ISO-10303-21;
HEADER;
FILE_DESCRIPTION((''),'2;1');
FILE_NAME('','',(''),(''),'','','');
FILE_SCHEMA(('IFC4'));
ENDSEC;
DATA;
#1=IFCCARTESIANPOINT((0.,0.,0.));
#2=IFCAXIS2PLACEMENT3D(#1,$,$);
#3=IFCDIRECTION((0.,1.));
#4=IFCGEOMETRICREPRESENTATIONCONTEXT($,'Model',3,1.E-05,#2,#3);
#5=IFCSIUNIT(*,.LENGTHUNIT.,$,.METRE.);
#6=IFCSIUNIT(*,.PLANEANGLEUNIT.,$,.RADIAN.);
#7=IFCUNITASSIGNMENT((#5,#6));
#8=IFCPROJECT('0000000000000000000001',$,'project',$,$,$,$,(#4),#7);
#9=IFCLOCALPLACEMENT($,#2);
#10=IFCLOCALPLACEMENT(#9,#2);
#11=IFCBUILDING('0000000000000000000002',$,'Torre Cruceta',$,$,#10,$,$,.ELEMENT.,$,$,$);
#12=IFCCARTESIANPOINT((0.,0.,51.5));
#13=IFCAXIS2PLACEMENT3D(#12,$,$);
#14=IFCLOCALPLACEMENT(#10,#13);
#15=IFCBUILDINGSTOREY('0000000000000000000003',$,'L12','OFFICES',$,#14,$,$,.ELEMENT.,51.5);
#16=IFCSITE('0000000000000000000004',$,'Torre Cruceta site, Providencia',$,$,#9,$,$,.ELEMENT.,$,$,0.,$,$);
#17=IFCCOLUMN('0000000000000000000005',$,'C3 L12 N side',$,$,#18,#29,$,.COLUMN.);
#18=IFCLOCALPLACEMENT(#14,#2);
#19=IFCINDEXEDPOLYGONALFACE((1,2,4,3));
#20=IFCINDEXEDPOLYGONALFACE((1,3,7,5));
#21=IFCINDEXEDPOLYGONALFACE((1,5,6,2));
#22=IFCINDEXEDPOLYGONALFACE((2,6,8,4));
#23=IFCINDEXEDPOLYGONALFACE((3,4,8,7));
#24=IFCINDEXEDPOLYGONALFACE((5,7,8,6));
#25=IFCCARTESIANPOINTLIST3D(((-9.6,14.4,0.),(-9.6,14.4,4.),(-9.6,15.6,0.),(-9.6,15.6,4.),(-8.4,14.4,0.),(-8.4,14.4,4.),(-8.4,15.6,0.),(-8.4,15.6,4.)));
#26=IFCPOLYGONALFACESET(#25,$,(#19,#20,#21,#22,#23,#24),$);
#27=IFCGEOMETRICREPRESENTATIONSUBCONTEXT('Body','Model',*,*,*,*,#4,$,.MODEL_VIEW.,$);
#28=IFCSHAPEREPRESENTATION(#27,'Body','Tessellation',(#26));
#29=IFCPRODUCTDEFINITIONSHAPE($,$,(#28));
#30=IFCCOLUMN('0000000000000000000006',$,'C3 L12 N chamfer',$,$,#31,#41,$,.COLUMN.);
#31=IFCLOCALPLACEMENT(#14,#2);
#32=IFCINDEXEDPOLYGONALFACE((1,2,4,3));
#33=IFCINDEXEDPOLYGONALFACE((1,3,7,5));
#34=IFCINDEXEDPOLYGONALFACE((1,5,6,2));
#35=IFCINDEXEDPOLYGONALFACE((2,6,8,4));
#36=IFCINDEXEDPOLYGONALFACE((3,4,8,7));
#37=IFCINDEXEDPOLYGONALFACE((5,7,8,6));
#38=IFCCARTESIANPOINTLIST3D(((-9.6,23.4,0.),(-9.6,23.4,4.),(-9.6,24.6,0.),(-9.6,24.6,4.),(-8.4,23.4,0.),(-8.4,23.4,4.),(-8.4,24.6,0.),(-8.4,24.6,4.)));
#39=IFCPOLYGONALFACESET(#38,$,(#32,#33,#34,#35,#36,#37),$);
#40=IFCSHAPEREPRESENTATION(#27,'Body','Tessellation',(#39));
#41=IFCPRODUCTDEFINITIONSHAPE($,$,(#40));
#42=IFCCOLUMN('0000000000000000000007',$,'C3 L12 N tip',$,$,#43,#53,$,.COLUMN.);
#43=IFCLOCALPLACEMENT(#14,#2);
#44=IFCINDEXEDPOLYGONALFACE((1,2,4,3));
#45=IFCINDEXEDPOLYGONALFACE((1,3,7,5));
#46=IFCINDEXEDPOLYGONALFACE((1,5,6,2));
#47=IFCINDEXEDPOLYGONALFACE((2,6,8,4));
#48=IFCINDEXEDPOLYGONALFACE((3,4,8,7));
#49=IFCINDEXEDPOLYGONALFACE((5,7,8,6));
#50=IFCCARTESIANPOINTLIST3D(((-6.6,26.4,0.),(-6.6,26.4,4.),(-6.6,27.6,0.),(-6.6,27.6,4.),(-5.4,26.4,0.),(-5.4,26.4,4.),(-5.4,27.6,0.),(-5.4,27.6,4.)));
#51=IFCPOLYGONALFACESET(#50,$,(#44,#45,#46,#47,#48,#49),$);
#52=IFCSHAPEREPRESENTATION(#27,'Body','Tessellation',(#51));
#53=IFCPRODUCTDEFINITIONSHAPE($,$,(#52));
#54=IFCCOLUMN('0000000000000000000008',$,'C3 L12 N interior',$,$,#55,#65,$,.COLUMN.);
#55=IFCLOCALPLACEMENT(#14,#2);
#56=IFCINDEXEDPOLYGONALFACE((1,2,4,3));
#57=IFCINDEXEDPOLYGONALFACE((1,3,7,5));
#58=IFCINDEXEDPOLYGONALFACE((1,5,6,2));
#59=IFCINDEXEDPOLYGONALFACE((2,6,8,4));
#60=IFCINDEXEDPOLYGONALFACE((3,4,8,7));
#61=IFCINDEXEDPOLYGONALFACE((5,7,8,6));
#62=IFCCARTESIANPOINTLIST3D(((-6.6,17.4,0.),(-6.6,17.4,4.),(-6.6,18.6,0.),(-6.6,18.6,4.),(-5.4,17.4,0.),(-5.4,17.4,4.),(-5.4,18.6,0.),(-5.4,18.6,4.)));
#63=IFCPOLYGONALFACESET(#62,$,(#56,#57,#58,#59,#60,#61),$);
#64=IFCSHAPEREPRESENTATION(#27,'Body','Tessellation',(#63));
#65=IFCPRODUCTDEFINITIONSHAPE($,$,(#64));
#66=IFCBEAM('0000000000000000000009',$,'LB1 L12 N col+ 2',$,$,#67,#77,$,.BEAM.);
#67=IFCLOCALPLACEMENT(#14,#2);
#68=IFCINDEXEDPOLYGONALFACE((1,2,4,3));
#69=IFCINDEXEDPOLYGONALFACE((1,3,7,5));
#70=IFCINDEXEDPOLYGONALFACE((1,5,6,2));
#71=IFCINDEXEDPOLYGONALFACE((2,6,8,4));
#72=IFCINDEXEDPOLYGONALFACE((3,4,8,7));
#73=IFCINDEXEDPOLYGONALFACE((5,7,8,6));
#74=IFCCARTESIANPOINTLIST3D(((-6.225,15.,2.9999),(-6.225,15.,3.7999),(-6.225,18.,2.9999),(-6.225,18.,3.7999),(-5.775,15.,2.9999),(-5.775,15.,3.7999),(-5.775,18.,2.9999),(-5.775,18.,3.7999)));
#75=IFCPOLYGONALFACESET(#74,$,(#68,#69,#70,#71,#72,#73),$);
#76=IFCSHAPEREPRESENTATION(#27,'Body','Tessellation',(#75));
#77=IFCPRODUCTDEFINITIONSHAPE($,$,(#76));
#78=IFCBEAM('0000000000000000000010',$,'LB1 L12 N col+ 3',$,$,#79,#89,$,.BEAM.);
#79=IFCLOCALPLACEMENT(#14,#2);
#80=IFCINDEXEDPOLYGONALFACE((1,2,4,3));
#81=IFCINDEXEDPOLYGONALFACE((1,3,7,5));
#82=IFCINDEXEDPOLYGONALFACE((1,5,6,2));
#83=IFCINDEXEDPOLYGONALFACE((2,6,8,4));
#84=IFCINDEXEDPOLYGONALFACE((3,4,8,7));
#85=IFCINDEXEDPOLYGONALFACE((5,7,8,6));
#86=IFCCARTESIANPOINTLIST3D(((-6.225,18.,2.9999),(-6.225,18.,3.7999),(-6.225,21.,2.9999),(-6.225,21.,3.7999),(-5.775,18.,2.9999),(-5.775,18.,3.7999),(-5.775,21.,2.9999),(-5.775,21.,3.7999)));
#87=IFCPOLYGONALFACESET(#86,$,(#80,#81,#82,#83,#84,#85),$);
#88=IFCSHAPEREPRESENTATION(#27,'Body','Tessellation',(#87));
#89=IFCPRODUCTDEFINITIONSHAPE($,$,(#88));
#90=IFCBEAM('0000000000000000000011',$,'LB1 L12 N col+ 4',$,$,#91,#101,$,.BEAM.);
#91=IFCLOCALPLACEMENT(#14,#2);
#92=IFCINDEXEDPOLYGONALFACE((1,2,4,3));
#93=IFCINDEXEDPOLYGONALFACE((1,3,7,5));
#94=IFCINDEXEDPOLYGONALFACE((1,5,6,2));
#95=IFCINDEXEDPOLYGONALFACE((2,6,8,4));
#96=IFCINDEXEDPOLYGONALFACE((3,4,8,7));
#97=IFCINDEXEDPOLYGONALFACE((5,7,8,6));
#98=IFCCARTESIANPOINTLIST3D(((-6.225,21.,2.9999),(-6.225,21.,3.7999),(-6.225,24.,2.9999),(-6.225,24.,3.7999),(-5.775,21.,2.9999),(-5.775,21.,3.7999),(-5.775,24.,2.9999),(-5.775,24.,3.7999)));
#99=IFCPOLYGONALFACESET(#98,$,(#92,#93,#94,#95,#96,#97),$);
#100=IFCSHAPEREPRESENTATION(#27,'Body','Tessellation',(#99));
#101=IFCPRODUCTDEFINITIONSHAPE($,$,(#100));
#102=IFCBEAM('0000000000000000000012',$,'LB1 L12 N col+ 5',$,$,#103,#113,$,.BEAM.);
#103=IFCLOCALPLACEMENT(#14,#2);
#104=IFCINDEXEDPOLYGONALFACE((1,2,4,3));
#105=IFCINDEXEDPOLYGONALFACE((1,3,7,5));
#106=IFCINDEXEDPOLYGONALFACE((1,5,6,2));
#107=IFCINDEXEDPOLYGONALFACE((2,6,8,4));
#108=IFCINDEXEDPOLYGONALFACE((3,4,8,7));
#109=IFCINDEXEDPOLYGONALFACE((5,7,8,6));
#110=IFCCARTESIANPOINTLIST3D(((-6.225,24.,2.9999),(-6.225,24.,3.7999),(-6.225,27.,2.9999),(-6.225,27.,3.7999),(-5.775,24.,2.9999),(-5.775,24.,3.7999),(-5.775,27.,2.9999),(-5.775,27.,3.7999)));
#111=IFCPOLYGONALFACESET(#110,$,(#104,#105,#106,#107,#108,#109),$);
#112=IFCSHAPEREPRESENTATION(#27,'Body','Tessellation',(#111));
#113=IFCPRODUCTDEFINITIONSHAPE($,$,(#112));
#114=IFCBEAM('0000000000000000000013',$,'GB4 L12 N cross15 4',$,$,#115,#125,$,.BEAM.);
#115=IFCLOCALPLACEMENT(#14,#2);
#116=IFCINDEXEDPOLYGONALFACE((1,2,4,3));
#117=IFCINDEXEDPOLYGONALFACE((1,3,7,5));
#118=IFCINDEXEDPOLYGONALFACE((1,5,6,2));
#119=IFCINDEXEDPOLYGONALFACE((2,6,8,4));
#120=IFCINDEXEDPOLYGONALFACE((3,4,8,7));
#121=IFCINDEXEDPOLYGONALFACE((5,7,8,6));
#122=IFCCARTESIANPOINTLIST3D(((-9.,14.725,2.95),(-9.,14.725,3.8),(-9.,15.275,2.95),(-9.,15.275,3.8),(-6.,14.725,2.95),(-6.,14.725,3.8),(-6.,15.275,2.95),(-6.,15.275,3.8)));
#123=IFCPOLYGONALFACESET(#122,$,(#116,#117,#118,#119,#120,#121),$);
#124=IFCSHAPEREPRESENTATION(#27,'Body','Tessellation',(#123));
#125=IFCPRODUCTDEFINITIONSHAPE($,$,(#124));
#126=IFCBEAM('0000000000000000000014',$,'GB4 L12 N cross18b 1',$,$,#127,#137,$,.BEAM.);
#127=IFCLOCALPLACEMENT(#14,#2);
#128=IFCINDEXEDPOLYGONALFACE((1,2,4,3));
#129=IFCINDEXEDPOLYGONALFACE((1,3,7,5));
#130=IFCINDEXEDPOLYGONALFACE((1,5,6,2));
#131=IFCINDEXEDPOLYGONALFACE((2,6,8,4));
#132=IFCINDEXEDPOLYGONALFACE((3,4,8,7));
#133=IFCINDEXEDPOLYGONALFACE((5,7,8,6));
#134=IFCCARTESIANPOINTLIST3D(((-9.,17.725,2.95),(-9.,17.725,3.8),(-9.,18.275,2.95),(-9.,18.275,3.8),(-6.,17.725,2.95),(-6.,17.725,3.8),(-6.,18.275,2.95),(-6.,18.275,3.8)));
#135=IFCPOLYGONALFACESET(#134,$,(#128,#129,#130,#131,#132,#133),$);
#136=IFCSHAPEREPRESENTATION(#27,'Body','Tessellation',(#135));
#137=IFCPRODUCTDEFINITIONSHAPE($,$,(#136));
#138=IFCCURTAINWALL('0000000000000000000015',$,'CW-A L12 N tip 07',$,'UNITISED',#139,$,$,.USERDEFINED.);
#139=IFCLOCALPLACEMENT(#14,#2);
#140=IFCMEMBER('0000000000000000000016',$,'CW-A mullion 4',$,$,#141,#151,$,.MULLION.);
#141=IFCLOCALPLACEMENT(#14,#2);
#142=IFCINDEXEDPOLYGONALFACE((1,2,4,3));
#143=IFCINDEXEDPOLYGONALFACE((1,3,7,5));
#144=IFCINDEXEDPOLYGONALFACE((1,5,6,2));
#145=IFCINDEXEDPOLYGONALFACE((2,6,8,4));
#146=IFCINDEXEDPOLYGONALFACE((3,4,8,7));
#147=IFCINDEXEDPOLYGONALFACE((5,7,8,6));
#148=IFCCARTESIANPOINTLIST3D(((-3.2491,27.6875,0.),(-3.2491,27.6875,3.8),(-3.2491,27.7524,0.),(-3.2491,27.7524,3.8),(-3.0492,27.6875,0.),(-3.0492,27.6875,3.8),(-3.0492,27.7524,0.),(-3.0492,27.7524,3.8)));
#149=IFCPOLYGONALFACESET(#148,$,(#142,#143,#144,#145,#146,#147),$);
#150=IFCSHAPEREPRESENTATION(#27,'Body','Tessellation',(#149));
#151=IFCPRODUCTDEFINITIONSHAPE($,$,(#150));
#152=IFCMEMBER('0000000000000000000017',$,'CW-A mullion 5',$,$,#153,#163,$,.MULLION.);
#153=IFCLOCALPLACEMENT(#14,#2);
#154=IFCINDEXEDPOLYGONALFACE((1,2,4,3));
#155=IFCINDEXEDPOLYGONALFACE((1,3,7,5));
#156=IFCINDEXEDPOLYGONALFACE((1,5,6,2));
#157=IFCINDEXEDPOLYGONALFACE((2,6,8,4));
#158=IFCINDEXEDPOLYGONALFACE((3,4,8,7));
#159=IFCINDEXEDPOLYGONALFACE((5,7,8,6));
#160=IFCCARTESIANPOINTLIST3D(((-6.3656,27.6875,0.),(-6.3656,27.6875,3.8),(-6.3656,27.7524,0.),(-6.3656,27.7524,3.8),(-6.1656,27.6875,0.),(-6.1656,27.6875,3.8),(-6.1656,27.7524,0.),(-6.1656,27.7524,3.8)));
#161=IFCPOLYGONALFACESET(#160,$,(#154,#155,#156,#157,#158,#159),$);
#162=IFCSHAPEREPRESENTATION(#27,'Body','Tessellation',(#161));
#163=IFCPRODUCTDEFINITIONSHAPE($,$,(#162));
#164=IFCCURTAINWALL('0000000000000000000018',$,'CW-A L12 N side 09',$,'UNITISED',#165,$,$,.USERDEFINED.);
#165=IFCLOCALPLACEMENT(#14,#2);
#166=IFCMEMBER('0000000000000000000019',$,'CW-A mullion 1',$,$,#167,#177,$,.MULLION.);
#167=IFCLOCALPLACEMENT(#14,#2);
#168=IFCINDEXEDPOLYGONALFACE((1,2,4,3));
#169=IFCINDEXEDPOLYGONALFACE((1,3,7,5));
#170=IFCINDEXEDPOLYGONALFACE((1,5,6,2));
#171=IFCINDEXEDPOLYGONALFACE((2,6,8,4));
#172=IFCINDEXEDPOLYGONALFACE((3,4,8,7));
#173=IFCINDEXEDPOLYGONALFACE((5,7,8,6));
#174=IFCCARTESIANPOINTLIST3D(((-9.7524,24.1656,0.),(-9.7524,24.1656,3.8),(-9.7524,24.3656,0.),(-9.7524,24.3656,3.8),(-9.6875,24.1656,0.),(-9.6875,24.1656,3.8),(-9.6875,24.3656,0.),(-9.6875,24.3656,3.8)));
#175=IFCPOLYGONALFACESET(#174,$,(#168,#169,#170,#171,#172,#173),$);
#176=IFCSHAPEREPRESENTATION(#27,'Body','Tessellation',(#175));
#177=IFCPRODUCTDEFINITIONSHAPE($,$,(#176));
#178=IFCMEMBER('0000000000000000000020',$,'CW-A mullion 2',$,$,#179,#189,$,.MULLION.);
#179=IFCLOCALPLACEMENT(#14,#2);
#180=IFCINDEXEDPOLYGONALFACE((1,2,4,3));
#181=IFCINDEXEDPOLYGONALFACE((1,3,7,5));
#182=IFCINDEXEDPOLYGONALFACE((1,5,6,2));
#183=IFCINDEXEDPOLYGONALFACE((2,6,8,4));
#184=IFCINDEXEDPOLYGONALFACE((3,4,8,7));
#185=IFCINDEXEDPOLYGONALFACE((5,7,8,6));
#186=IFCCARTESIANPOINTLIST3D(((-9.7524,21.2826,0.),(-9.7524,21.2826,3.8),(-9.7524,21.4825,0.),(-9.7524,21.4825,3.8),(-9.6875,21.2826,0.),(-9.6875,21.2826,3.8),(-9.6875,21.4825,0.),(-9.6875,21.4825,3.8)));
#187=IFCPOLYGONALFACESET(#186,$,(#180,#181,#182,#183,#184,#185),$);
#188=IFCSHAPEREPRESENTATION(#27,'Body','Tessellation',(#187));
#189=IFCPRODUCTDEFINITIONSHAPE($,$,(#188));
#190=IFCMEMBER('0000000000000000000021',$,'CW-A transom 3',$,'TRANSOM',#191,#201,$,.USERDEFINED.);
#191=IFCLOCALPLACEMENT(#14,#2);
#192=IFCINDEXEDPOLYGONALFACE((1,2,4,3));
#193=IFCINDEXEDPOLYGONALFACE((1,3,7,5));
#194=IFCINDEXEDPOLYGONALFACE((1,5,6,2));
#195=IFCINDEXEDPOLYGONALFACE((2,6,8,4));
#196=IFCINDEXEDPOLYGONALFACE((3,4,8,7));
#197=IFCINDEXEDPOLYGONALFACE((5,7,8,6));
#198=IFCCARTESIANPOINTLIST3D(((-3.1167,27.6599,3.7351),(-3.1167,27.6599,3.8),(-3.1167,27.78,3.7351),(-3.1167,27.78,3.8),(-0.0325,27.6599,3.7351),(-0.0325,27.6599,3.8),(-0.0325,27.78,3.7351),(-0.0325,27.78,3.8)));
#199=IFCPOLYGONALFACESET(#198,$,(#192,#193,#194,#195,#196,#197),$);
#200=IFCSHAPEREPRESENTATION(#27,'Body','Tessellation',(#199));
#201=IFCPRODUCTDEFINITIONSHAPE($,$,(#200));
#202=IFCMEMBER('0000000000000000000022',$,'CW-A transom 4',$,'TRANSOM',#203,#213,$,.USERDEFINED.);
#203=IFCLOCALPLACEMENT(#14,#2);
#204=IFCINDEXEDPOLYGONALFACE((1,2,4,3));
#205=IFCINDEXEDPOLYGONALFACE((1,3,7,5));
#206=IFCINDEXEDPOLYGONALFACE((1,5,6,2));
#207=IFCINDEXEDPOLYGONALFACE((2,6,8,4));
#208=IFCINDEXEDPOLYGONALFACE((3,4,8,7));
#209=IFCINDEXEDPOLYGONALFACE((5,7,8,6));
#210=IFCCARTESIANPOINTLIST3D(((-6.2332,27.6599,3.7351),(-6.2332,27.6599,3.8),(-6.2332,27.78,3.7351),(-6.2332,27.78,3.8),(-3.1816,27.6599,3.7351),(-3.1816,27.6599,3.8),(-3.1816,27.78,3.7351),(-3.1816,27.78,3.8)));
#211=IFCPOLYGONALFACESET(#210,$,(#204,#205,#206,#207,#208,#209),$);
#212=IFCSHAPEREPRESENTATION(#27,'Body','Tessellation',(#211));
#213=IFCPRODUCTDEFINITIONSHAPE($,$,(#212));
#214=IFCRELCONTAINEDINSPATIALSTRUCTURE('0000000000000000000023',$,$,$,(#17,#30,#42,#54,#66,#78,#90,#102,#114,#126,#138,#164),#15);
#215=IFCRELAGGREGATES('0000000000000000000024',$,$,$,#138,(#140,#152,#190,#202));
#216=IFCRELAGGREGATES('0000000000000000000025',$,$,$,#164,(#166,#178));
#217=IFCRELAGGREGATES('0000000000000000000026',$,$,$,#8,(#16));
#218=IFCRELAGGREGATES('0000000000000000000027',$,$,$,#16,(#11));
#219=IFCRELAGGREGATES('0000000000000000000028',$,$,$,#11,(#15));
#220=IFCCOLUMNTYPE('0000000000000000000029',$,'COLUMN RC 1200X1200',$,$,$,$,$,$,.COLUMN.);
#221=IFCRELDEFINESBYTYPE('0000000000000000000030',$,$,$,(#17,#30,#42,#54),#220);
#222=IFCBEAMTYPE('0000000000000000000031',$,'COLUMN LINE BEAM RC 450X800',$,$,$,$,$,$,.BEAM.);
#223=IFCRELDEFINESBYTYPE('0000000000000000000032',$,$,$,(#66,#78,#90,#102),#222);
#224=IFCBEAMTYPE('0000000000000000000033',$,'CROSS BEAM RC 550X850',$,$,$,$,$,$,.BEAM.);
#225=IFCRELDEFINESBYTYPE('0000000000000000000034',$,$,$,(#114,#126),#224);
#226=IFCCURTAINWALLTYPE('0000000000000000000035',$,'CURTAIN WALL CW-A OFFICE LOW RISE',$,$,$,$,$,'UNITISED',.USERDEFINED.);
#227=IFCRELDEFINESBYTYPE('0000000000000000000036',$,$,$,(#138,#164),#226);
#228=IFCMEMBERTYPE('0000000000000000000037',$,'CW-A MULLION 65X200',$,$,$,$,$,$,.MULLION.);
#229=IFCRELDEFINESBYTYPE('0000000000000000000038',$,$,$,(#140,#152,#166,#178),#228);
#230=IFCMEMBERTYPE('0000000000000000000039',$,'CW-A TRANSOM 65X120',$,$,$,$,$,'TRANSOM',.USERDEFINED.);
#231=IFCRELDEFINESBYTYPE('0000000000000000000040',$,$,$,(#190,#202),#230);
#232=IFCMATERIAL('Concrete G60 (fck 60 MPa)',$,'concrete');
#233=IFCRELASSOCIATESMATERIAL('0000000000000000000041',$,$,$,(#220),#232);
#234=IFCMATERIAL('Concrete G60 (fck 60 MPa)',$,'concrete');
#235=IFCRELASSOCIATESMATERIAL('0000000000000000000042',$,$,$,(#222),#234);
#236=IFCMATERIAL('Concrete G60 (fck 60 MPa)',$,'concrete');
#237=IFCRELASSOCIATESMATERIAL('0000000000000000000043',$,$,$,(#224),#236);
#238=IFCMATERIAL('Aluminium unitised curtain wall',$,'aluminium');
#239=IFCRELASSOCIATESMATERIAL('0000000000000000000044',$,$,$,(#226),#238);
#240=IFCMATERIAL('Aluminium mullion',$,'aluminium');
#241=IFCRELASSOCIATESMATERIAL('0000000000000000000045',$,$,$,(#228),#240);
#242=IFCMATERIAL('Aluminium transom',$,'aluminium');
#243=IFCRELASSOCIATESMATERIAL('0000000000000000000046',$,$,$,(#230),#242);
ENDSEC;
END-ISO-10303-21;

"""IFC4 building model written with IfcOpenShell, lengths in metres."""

from ifc_helpers import new_model, si_unit, direction, frame, origin, origin_2d, place, context, subcontext, project, spatial, rectangle, extrude, material, material_profile, profile_set, type_object, element, aggregate, save


model = new_model("IFC4")

# Units and contexts
model_context = context("Model", 3, precision=1e-05, world=origin(), true_north=direction((0.0, 1.0)))
body_context = subcontext(model_context, "Body", "Model", "MODEL_VIEW")
ifc_project = project(units=[si_unit("LENGTHUNIT", "METRE"), si_unit("PLANEANGLEUNIT", "RADIAN")], contexts=[model_context])

# Site, building, storey
site_placement = place(None, origin())
site = spatial("IfcSite", under=ifc_project, at=site_placement, Name="Torre Cruceta site, Providencia", CompositionType="ELEMENT", RefElevation=0.0)
building_placement = place(site_placement, origin())
building = spatial("IfcBuilding", under=site, at=building_placement, Name="Torre Cruceta", CompositionType="ELEMENT")
storey_placement = place(building_placement, frame((0.0, 0.0, 51.5)))
storey = spatial("IfcBuildingStorey", under=building, at=storey_placement, Name="L12", Description="OFFICES", CompositionType="ELEMENT", Elevation=51.5)

# Columns
ifc_material_1 = material(Name="Concrete G60 (fck 60 MPa)", Category="concrete")
ifc_material_profile_1 = material_profile(ifc_material_1, rectangle(XDim=1.2, YDim=1.2, at=origin_2d()), Name="RC 1200X1200")
ifc_profile_set_1 = profile_set([ifc_material_profile_1], Name="Concrete G60 (fck 60 MPa)")
column_type = type_object("IfcColumnType", Name="COLUMN RC 1200X1200", PredefinedType="COLUMN", material=ifc_profile_set_1)
for number, where, z_axis, x_axis, name in (
    (1, (-9.0, 15.0, 0.0), (0.0, 0.0, 1.0), (1.0, 0.0, 0.0), "C3 L12 N side"),
    (2, (-9.0, 24.0, 0.0), (0.0, 0.0, 1.0), (1.0, 0.0, 0.0), "C3 L12 N chamfer"),
    (3, (-6.0, 27.0, 0.0), (0.0, 0.0, 1.0), (1.0, 0.0, 0.0), "C3 L12 N tip"),
    (4, (-6.0, 18.0, 0.0), (0.0, 0.0, 1.0), (1.0, 0.0, 0.0), "C3 L12 N interior"),
):
    element("IfcColumn", number, at=place(storey_placement, frame(where, z_axis=z_axis, x_axis=x_axis)), inside=storey, type_object=column_type, Name=name, PredefinedType="COLUMN", context=body_context, shape_type="SweptSolid", body=[
        extrude(rectangle(XDim=1.2, YDim=1.2, at=origin_2d()), origin(), (0.0, 0.0, 1.0), 4.0),
    ])

# Beams
ifc_material_2 = material(Name="Concrete G60 (fck 60 MPa)", Category="concrete")
ifc_material_profile_2 = material_profile(ifc_material_2, rectangle(XDim=0.45, YDim=0.8, at=origin_2d()), Name="RC 450X800")
ifc_profile_set_2 = profile_set([ifc_material_profile_2], Name="Concrete G60 (fck 60 MPa)")
beam_type_1 = type_object("IfcBeamType", Name="COLUMN LINE BEAM RC 450X800", PredefinedType="BEAM", material=ifc_profile_set_2)
for number, where, z_axis, x_axis, name in (
    (5, (-6.0, 15.0, 3.3999), (0.0, 1.0, 0.0), (-1.0, 0.0, 0.0), "LB1 L12 N col+ 2"),
    (6, (-6.0, 18.0, 3.3999), (0.0, 1.0, 0.0), (-1.0, 0.0, 0.0), "LB1 L12 N col+ 3"),
    (7, (-6.0, 21.0, 3.3999), (0.0, 1.0, 0.0), (-1.0, 0.0, 0.0), "LB1 L12 N col+ 4"),
    (8, (-6.0, 24.0, 3.3999), (0.0, 1.0, 0.0), (-1.0, 0.0, 0.0), "LB1 L12 N col+ 5"),
):
    element("IfcBeam", number, at=place(storey_placement, frame(where, z_axis=z_axis, x_axis=x_axis)), inside=storey, type_object=beam_type_1, Name=name, PredefinedType="BEAM", context=body_context, shape_type="SweptSolid", body=[
        extrude(rectangle(XDim=0.45, YDim=0.8, at=origin_2d()), origin(), (0.0, 0.0, 1.0), 3.0),
    ])
ifc_material_3 = material(Name="Concrete G60 (fck 60 MPa)", Category="concrete")
ifc_material_profile_3 = material_profile(ifc_material_3, rectangle(XDim=0.55, YDim=0.8501, at=origin_2d()), Name="RC 550X850")
ifc_profile_set_3 = profile_set([ifc_material_profile_3], Name="Concrete G60 (fck 60 MPa)")
beam_type_2 = type_object("IfcBeamType", Name="CROSS BEAM RC 550X850", PredefinedType="BEAM", material=ifc_profile_set_3)
for number, where, z_axis, x_axis, name in (
    (9, (-6.0, 15.0, 3.375), (-1.0, 0.0, 0.0), (0.0, -1.0, 0.0), "GB4 L12 N cross15 4"),
    (10, (-6.0, 18.0, 3.375), (-1.0, 0.0, 0.0), (0.0, -1.0, 0.0), "GB4 L12 N cross18b 1"),
):
    element("IfcBeam", number, at=place(storey_placement, frame(where, z_axis=z_axis, x_axis=x_axis)), inside=storey, type_object=beam_type_2, Name=name, PredefinedType="BEAM", context=body_context, shape_type="SweptSolid", body=[
        extrude(rectangle(XDim=0.55, YDim=0.8501, at=origin_2d()), origin(), (0.0, 0.0, 1.0), 3.0),
    ])

# Curtain walls, members
ifc_material_4 = material(Name="Aluminium unitised curtain wall", Category="aluminium")
curtain_wall_type = type_object("IfcCurtainWallType", Name="CURTAIN WALL CW-A OFFICE LOW RISE", ElementType="UNITISED", PredefinedType="USERDEFINED", material=ifc_material_4)
curtain_wall_1_placement = place(storey_placement, origin())
curtain_wall_1 = element("IfcCurtainWall", 11, at=curtain_wall_1_placement, inside=storey, type_object=curtain_wall_type, Name="CW-A L12 N tip 07", ObjectType="UNITISED", PredefinedType="USERDEFINED")
ifc_material_5 = material(Name="Aluminium mullion", Category="aluminium")
ifc_material_profile_4 = material_profile(ifc_material_5, rectangle(XDim=0.0649, YDim=0.2, at=origin_2d()), Name="AL 65X200")
ifc_profile_set_4 = profile_set([ifc_material_profile_4], Name="Aluminium mullion")
member_type_1 = type_object("IfcMemberType", Name="CW-A MULLION 65X200", PredefinedType="MULLION", material=ifc_profile_set_4)
member_1_placement = place(storey_placement, frame((-3.1492, 27.72, 0.0), z_axis=(0.0, 0.0, 1.0), x_axis=(0.0, -1.0, 0.0)))
member_1 = element("IfcMember", 12, at=member_1_placement, type_object=member_type_1, Name="CW-A mullion 4", PredefinedType="MULLION", context=body_context, shape_type="SweptSolid", body=[
    extrude(rectangle(XDim=0.0649, YDim=0.2, at=origin_2d()), origin(), (0.0, 0.0, 1.0), 3.8),
])
member_2_placement = place(storey_placement, frame((-6.2656, 27.72, 0.0), z_axis=(0.0, 0.0, 1.0), x_axis=(0.0, -1.0, 0.0)))
member_2 = element("IfcMember", 13, at=member_2_placement, type_object=member_type_1, Name="CW-A mullion 5", PredefinedType="MULLION", context=body_context, shape_type="SweptSolid", body=[
    extrude(rectangle(XDim=0.0649, YDim=0.2, at=origin_2d()), origin(), (0.0, 0.0, 1.0), 3.8),
])
curtain_wall_2_placement = place(storey_placement, origin())
curtain_wall_2 = element("IfcCurtainWall", 14, at=curtain_wall_2_placement, inside=storey, type_object=curtain_wall_type, Name="CW-A L12 N side 09", ObjectType="UNITISED", PredefinedType="USERDEFINED")
member_3_placement = place(storey_placement, frame((-9.72, 24.2656, 0.0), z_axis=(0.0, 0.0, 1.0), x_axis=(1.0, 0.0, 0.0)))
member_3 = element("IfcMember", 15, at=member_3_placement, type_object=member_type_1, Name="CW-A mullion 1", PredefinedType="MULLION", context=body_context, shape_type="SweptSolid", body=[
    extrude(rectangle(XDim=0.0649, YDim=0.2, at=origin_2d()), origin(), (0.0, 0.0, 1.0), 3.8),
])
member_4_placement = place(storey_placement, frame((-9.72, 21.3826, 0.0), z_axis=(0.0, 0.0, 1.0), x_axis=(1.0, 0.0, 0.0)))
member_4 = element("IfcMember", 16, at=member_4_placement, type_object=member_type_1, Name="CW-A mullion 2", PredefinedType="MULLION", context=body_context, shape_type="SweptSolid", body=[
    extrude(rectangle(XDim=0.0649, YDim=0.2, at=origin_2d()), origin(), (0.0, 0.0, 1.0), 3.8),
])

# Members
ifc_material_6 = material(Name="Aluminium transom", Category="aluminium")
ifc_material_profile_5 = material_profile(ifc_material_6, rectangle(XDim=0.1201, YDim=0.0649, at=origin_2d()), Name="AL 120X65")
ifc_profile_set_5 = profile_set([ifc_material_profile_5], Name="Aluminium transom")
member_type_2 = type_object("IfcMemberType", Name="CW-A TRANSOM 65X120", ElementType="TRANSOM", PredefinedType="USERDEFINED", material=ifc_profile_set_5)
member_5_placement = place(storey_placement, frame((-0.0325, 27.72, 3.7676), z_axis=(-1.0, 0.0, 0.0), x_axis=(0.0, -1.0, 0.0)))
member_5 = element("IfcMember", 17, at=member_5_placement, type_object=member_type_2, Name="CW-A transom 3", ObjectType="TRANSOM", PredefinedType="USERDEFINED", context=body_context, shape_type="SweptSolid", body=[
    extrude(rectangle(XDim=0.1201, YDim=0.0649, at=origin_2d()), origin(), (0.0, 0.0, 1.0), 3.0842),
])
member_6_placement = place(storey_placement, frame((-3.1816, 27.72, 3.7676), z_axis=(-1.0, 0.0, 0.0), x_axis=(0.0, -1.0, 0.0)))
member_6 = element("IfcMember", 18, at=member_6_placement, type_object=member_type_2, Name="CW-A transom 4", ObjectType="TRANSOM", PredefinedType="USERDEFINED", context=body_context, shape_type="SweptSolid", body=[
    extrude(rectangle(XDim=0.1201, YDim=0.0649, at=origin_2d()), origin(), (0.0, 0.0, 1.0), 3.0515),
])

aggregate(curtain_wall_1, [member_1, member_2, member_5, member_6])
aggregate(curtain_wall_2, [member_3, member_4])

save(model, "model.ifc")
